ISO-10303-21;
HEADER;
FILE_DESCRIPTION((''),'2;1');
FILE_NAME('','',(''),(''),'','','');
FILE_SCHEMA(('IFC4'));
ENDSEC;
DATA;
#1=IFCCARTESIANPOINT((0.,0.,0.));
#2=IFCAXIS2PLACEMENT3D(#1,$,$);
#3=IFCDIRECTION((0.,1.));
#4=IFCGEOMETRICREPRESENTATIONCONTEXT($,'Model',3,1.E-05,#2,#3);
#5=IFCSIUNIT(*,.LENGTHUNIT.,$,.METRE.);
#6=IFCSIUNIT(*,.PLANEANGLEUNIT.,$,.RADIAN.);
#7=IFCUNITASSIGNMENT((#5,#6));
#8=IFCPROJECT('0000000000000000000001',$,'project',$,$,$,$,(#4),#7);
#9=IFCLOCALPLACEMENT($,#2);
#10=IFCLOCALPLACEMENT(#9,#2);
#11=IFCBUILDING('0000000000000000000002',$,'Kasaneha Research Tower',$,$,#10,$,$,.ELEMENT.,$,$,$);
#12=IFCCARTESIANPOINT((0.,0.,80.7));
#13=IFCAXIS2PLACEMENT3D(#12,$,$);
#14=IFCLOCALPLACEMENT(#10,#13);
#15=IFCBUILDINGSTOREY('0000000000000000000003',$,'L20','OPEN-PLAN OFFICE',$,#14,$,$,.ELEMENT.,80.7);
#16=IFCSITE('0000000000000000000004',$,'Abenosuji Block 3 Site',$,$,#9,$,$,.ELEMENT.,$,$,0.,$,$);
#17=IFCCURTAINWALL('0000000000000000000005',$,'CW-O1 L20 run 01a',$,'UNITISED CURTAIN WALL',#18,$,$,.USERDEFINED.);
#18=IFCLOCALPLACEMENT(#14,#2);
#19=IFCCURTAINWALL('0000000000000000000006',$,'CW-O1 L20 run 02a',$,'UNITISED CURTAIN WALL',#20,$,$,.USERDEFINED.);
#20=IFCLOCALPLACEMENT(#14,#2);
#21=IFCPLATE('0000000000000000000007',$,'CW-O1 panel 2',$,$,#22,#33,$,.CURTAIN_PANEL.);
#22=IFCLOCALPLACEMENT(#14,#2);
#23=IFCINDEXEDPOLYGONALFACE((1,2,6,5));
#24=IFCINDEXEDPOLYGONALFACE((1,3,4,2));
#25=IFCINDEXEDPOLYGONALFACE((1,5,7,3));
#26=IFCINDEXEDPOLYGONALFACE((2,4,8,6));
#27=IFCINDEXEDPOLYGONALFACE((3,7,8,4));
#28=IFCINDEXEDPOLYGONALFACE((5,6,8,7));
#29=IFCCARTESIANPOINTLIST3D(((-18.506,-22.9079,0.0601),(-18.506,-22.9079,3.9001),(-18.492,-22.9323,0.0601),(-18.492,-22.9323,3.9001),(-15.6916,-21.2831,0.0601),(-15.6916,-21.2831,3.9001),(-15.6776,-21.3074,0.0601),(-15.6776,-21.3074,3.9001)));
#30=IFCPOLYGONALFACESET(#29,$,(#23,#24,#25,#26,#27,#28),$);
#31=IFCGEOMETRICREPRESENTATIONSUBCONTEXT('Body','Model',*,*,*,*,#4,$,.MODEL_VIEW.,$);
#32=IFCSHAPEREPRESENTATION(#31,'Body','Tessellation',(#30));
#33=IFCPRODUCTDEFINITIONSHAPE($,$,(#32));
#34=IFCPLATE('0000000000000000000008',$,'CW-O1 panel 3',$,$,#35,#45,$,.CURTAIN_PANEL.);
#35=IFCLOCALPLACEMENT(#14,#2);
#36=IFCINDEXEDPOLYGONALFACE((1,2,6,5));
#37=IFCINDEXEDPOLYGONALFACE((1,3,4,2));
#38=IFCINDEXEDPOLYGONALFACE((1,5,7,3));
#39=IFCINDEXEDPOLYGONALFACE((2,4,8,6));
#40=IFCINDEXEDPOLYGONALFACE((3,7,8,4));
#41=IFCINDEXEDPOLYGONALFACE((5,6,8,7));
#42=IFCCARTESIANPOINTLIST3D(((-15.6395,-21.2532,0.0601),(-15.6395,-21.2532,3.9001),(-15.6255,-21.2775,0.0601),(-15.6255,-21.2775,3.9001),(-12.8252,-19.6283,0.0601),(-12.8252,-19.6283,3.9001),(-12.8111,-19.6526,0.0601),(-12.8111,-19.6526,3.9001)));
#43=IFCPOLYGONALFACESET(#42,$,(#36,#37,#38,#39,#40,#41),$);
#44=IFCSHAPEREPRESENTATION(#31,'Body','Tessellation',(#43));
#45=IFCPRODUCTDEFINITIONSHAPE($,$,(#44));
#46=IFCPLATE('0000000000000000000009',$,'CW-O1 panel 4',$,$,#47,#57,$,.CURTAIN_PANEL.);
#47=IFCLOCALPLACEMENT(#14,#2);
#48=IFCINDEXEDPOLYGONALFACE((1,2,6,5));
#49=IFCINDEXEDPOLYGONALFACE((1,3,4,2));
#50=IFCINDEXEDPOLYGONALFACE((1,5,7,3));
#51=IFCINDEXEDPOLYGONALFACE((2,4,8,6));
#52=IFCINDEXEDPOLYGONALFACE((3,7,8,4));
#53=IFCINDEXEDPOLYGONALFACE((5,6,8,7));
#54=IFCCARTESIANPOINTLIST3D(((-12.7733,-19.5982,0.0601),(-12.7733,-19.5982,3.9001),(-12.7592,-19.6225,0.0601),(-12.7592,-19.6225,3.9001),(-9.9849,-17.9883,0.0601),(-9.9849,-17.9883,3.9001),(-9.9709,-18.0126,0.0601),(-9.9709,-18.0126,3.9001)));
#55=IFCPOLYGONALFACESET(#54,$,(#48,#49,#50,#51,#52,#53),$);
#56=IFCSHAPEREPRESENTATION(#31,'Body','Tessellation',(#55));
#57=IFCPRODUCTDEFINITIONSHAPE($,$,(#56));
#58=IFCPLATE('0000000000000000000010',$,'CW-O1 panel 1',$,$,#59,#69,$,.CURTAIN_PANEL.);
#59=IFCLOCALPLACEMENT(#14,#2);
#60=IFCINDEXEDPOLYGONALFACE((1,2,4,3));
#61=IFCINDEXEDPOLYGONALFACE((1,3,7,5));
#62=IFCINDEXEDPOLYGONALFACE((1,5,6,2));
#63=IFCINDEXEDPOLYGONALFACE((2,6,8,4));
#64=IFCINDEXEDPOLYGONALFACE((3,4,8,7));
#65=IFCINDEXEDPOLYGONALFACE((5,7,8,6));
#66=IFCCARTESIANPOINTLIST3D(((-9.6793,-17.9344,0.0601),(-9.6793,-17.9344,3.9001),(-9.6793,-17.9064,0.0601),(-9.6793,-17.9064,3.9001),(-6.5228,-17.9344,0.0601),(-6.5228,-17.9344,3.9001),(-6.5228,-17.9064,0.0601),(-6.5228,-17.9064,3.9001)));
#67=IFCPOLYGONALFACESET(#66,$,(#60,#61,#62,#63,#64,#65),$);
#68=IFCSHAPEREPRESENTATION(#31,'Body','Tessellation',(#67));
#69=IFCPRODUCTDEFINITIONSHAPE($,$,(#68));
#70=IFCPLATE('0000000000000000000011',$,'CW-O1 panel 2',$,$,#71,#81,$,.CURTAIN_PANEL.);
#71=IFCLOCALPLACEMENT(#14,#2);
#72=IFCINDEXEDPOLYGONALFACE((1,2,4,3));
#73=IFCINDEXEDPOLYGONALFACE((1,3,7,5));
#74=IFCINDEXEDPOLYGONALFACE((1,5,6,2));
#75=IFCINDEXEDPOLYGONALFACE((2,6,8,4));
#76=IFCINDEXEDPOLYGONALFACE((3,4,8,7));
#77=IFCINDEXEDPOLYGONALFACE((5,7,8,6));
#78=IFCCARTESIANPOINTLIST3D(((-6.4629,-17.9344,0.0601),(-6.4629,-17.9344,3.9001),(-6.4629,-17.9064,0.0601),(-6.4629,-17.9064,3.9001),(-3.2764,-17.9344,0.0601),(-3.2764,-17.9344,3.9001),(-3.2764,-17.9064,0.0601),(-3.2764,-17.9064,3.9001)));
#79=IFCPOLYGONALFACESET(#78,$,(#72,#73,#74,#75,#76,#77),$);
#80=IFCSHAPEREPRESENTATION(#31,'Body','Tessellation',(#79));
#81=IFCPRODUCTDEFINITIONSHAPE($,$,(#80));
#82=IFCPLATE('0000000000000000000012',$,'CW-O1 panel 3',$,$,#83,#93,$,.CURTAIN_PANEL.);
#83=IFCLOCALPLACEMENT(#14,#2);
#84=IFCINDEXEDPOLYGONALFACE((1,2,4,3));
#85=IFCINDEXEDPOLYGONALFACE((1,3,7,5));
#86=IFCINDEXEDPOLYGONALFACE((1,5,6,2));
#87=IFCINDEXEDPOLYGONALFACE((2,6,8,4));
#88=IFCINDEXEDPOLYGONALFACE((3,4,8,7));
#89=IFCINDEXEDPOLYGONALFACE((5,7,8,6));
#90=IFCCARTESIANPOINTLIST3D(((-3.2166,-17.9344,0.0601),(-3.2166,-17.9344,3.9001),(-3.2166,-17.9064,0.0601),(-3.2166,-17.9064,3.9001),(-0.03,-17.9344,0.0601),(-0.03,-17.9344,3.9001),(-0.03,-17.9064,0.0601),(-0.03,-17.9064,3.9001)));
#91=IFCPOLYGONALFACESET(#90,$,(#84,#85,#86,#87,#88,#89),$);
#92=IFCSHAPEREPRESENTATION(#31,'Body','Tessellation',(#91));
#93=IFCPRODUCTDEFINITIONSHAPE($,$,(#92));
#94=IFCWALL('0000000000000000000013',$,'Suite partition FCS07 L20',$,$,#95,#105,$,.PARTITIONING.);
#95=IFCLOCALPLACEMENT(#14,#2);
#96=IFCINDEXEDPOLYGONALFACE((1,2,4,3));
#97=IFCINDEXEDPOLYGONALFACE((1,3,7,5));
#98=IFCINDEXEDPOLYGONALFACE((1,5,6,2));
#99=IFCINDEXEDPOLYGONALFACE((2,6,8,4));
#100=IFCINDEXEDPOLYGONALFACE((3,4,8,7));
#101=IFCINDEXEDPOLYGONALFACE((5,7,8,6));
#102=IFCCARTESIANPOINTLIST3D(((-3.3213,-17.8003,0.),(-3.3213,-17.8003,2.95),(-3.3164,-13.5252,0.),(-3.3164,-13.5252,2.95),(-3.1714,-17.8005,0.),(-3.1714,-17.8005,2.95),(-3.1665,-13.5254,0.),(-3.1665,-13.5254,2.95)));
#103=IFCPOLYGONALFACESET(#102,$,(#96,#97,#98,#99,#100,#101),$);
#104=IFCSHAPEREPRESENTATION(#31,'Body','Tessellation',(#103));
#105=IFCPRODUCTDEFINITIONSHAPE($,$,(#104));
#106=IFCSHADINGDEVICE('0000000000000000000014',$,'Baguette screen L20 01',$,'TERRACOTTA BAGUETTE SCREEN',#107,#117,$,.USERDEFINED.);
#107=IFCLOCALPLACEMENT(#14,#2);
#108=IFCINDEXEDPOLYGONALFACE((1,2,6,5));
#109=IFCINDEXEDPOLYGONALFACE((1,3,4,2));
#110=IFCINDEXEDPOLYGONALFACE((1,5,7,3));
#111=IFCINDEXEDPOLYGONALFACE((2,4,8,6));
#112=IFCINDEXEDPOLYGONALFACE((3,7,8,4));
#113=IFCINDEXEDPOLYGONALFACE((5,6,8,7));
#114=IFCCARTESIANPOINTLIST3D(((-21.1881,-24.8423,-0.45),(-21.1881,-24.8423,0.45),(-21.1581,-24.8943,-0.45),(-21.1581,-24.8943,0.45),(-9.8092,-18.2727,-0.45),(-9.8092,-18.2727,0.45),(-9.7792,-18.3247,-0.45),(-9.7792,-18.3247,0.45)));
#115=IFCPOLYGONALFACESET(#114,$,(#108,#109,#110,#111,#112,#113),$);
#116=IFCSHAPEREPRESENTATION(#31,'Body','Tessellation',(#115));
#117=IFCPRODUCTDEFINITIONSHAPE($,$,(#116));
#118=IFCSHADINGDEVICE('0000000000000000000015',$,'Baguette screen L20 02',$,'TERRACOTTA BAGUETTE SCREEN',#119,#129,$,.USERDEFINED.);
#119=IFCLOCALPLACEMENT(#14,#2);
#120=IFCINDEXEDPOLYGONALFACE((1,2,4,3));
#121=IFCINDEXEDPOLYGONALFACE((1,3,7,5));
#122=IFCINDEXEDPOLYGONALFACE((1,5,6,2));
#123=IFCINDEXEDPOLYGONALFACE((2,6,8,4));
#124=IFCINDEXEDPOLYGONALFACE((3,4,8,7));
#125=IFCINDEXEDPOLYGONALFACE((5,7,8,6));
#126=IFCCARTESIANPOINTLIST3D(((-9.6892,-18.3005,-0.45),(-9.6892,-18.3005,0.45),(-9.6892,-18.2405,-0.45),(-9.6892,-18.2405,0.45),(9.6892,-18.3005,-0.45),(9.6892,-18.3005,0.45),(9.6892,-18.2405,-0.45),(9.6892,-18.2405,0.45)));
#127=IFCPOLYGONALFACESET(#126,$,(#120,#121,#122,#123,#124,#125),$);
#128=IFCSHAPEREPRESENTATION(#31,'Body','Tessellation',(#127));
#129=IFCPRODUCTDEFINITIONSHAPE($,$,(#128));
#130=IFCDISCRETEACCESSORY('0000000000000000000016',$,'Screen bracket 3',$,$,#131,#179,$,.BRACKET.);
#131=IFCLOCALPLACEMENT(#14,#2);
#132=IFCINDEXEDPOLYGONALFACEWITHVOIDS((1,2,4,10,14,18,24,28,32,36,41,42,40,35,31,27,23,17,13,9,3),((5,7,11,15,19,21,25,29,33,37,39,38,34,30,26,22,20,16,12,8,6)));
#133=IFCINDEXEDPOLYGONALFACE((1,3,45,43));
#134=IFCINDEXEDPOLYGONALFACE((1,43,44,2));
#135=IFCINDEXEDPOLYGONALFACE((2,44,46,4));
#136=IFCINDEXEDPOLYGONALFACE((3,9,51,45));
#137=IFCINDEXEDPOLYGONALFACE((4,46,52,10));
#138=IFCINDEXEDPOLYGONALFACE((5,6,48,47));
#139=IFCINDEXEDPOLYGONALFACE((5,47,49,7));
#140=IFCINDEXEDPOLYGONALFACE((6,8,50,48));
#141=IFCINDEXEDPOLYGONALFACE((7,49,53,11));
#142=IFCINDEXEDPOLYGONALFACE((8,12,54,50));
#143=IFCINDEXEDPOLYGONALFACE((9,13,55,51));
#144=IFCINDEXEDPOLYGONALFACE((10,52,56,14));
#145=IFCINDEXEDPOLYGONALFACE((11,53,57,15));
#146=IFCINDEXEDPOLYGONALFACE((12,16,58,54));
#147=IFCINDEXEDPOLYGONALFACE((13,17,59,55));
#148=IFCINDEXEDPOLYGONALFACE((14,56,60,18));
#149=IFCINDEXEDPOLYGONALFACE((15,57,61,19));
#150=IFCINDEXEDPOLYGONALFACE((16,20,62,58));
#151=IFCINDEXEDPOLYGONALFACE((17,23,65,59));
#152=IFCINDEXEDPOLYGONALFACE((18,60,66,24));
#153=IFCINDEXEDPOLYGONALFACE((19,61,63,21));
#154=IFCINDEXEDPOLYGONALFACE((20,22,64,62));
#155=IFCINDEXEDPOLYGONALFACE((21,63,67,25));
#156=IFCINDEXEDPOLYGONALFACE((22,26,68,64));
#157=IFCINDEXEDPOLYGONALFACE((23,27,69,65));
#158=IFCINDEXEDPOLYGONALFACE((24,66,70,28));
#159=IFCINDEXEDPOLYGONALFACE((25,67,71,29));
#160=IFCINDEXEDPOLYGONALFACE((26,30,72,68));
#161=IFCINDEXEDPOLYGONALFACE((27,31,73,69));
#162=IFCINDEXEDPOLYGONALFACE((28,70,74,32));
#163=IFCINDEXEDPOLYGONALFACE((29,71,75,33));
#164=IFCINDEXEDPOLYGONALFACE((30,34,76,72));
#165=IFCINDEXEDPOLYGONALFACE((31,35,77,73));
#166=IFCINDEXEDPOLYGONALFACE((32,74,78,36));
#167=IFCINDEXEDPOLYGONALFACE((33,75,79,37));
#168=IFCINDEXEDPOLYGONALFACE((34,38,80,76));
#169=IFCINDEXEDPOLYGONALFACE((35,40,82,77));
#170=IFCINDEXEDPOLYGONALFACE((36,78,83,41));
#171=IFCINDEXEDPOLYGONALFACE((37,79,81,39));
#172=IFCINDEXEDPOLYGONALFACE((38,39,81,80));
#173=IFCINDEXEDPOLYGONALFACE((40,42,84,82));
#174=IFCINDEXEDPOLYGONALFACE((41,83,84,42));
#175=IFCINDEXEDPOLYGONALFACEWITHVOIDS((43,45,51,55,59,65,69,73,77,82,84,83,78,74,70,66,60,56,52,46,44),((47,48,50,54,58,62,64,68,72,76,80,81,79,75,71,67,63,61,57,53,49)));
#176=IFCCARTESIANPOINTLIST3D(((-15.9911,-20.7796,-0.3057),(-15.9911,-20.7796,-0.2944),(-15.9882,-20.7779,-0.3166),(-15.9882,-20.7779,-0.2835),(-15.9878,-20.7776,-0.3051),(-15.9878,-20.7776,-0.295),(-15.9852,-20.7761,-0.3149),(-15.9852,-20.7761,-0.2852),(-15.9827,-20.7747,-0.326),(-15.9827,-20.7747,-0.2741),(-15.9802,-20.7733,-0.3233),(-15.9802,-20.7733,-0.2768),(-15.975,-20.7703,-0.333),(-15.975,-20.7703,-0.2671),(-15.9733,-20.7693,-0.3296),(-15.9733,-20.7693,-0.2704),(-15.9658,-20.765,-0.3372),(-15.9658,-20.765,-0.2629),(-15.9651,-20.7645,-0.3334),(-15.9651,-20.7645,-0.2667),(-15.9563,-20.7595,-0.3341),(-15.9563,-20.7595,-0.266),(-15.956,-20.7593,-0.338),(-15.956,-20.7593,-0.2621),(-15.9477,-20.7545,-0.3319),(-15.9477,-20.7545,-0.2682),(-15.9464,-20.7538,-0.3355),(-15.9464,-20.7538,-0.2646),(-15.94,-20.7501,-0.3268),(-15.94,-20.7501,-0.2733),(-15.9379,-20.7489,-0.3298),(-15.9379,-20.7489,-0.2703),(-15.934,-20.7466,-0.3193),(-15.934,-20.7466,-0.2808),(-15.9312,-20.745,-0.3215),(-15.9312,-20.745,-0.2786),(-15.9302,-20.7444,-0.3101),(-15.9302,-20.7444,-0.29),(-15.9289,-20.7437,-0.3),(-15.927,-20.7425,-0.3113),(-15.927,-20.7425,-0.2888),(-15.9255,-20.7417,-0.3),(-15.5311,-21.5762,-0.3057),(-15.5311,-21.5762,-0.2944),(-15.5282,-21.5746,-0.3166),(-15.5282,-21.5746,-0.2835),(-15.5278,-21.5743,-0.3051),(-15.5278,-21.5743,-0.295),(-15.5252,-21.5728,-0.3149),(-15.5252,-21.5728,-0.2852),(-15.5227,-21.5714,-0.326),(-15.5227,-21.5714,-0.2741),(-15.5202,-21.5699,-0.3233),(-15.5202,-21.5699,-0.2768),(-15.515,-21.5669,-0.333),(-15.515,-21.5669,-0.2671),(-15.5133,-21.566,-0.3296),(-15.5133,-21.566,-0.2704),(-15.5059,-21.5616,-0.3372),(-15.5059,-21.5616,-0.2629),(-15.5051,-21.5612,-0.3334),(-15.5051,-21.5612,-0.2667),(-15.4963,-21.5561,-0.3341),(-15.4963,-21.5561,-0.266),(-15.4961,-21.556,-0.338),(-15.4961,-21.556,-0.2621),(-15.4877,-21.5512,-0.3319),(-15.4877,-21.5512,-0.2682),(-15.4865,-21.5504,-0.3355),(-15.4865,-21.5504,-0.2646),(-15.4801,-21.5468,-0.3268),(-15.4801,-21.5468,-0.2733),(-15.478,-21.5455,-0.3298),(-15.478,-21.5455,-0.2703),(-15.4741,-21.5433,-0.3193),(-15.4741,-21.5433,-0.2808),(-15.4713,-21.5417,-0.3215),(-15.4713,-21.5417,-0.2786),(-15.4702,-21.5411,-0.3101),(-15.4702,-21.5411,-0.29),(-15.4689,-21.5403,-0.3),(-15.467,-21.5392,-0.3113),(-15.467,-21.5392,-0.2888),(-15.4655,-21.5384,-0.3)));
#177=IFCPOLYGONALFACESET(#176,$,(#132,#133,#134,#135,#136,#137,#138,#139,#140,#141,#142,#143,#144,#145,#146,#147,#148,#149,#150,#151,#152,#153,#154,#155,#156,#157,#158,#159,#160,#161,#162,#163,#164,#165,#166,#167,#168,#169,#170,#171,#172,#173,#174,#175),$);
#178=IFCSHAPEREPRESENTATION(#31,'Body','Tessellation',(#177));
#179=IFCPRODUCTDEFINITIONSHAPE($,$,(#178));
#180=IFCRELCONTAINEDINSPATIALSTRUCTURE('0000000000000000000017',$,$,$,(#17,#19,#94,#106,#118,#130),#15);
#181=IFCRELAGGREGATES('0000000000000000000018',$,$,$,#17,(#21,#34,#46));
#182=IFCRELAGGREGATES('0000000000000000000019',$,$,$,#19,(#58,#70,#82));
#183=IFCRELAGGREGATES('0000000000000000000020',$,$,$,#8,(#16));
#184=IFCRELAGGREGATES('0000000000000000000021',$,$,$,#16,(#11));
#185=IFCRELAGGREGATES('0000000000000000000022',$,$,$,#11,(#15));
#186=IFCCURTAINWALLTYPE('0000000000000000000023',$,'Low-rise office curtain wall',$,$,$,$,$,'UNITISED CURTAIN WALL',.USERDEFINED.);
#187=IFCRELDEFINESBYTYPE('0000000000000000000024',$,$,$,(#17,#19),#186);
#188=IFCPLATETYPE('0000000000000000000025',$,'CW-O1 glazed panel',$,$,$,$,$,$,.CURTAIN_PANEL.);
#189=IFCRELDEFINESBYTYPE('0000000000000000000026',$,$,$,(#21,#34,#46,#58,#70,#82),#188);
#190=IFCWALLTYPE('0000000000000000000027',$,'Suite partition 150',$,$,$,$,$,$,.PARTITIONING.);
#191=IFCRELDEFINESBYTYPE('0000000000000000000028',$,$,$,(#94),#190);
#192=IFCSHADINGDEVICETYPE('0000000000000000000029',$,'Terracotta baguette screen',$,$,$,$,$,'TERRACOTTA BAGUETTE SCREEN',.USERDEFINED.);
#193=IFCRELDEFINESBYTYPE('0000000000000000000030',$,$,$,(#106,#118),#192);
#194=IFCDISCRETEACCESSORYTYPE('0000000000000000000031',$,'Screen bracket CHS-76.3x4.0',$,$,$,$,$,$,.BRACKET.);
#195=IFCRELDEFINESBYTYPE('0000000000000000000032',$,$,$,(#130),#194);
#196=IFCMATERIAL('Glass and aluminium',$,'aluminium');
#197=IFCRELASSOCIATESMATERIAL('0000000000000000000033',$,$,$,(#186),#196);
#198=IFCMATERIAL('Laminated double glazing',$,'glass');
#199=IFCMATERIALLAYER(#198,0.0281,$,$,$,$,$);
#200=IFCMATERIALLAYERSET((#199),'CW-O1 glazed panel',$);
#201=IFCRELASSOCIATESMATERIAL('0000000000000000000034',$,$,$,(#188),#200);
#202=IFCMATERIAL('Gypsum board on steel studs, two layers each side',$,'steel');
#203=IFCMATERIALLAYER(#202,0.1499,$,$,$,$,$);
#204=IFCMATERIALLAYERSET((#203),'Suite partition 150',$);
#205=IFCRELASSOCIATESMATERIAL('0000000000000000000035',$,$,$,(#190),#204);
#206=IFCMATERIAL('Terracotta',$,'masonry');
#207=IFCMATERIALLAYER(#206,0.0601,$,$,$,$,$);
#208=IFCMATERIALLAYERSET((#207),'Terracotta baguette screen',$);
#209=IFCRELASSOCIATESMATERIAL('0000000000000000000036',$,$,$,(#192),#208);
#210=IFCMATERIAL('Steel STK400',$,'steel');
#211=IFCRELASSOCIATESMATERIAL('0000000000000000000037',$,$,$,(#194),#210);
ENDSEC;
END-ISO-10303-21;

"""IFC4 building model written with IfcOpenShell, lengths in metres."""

from ifc_helpers import new_model, si_unit, direction, frame, frame_2d, origin, origin_2d, place, context, subcontext, project, spatial, rectangle, hollow_circle, extrude, material, layer, layer_set, material_profile, profile_set, type_object, element, aggregate, save


model = new_model("IFC4")

# Units and contexts
model_context = context("Model", 3, precision=1e-05, world=origin(), true_north=direction((0.0, 1.0)))
body_context = subcontext(model_context, "Body", "Model", "MODEL_VIEW")
ifc_project = project(units=[si_unit("LENGTHUNIT", "METRE"), si_unit("PLANEANGLEUNIT", "RADIAN")], contexts=[model_context])

# Site, building, storey
site_placement = place(None, origin())
site = spatial("IfcSite", under=ifc_project, at=site_placement, Name="Abenosuji Block 3 Site", CompositionType="ELEMENT", RefElevation=0.0)
building_placement = place(site_placement, origin())
building = spatial("IfcBuilding", under=site, at=building_placement, Name="Kasaneha Research Tower", CompositionType="ELEMENT")
storey_placement = place(building_placement, frame((0.0, 0.0, 80.7)))
storey = spatial("IfcBuildingStorey", under=building, at=storey_placement, Name="L20", Description="OPEN-PLAN OFFICE", CompositionType="ELEMENT", Elevation=80.7)

# Curtain walls
ifc_material_1 = material(Name="Glass and aluminium", Category="aluminium")
curtain_wall_type = type_object("IfcCurtainWallType", Name="Low-rise office curtain wall", ElementType="UNITISED CURTAIN WALL", PredefinedType="USERDEFINED", material=ifc_material_1)
curtain_wall_1_placement = place(storey_placement, origin())
curtain_wall_1 = element("IfcCurtainWall", 1, at=curtain_wall_1_placement, inside=storey, type_object=curtain_wall_type, Name="CW-O1 L20 run 01a", ObjectType="UNITISED CURTAIN WALL", PredefinedType="USERDEFINED")
curtain_wall_2_placement = place(storey_placement, origin())
curtain_wall_2 = element("IfcCurtainWall", 2, at=curtain_wall_2_placement, inside=storey, type_object=curtain_wall_type, Name="CW-O1 L20 run 02a", ObjectType="UNITISED CURTAIN WALL", PredefinedType="USERDEFINED")

# Plates
ifc_material_2 = material(Name="Laminated double glazing", Category="glass")
ifc_layer_1 = layer(ifc_material_2, 0.0281)
ifc_layer_set_1 = layer_set([ifc_layer_1], Name="CW-O1 glazed panel")
plate_type = type_object("IfcPlateType", Name="CW-O1 glazed panel", PredefinedType="CURTAIN_PANEL", material=ifc_layer_set_1)
plate_1_placement = place(storey_placement, frame((-17.0918, -22.1077, 0.0601), z_axis=(0.0, 0.0, 1.0), x_axis=(0.866025, 0.5, 0.0)))
plate_1 = element("IfcPlate", 3, at=plate_1_placement, type_object=plate_type, Name="CW-O1 panel 2", PredefinedType="CURTAIN_PANEL", context=body_context, shape_type="SweptSolid", body=[
    extrude(rectangle(XDim=3.2498, YDim=0.0281, at=origin_2d()), origin(), (0.0, 0.0, 1.0), 3.8401),
])
plate_2_placement = place(storey_placement, frame((-14.2253, -20.4529, 0.0601), z_axis=(0.0, 0.0, 1.0), x_axis=(0.866025, 0.5, 0.0)))
plate_2 = element("IfcPlate", 4, at=plate_2_placement, type_object=plate_type, Name="CW-O1 panel 3", PredefinedType="CURTAIN_PANEL", context=body_context, shape_type="SweptSolid", body=[
    extrude(rectangle(XDim=3.2498, YDim=0.0281, at=origin_2d()), origin(), (0.0, 0.0, 1.0), 3.8401),
])
plate_3_placement = place(storey_placement, frame((-11.3721, -18.8054, 0.0601), z_axis=(0.0, 0.0, 1.0), x_axis=(0.866025, 0.5, 0.0)))
plate_3 = element("IfcPlate", 5, at=plate_3_placement, type_object=plate_type, Name="CW-O1 panel 4", PredefinedType="CURTAIN_PANEL", context=body_context, shape_type="SweptSolid", body=[
    extrude(rectangle(XDim=3.2197, YDim=0.0281, at=origin_2d()), origin(), (0.0, 0.0, 1.0), 3.8401),
])
aggregate(curtain_wall_1, [plate_1, plate_2, plate_3])
plate_4_placement = place(storey_placement, frame((-8.1011, -17.9204, 0.0601), z_axis=(0.0, 0.0, 1.0), x_axis=(1.0, 0.0, 0.0)))
plate_4 = element("IfcPlate", 6, at=plate_4_placement, type_object=plate_type, Name="CW-O1 panel 1", PredefinedType="CURTAIN_PANEL", context=body_context, shape_type="SweptSolid", body=[
    extrude(rectangle(XDim=3.1565, YDim=0.0281, at=origin_2d()), origin(), (0.0, 0.0, 1.0), 3.8401),
])
plate_5_placement = place(storey_placement, frame((-4.8696, -17.9204, 0.0601), z_axis=(0.0, 0.0, 1.0), x_axis=(1.0, 0.0, 0.0)))
plate_5 = element("IfcPlate", 7, at=plate_5_placement, type_object=plate_type, Name="CW-O1 panel 2", PredefinedType="CURTAIN_PANEL", context=body_context, shape_type="SweptSolid", body=[
    extrude(rectangle(XDim=3.1865, YDim=0.0281, at=origin_2d()), origin(), (0.0, 0.0, 1.0), 3.8401),
])
plate_6_placement = place(storey_placement, frame((-1.6233, -17.9204, 0.0601), z_axis=(0.0, 0.0, 1.0), x_axis=(1.0, 0.0, 0.0)))
plate_6 = element("IfcPlate", 8, at=plate_6_placement, type_object=plate_type, Name="CW-O1 panel 3", PredefinedType="CURTAIN_PANEL", context=body_context, shape_type="SweptSolid", body=[
    extrude(rectangle(XDim=3.1865, YDim=0.0281, at=origin_2d()), origin(), (0.0, 0.0, 1.0), 3.8401),
])
aggregate(curtain_wall_2, [plate_4, plate_5, plate_6])

# Wall
ifc_material_3 = material(Name="Gypsum board on steel studs, two layers each side", Category="steel")
ifc_layer_2 = layer(ifc_material_3, 0.1499)
ifc_layer_set_2 = layer_set([ifc_layer_2], Name="Suite partition 150")
wall_type = type_object("IfcWallType", Name="Suite partition 150", PredefinedType="PARTITIONING", material=ifc_layer_set_2)
wall_placement = place(storey_placement, frame((-3.2463, -17.8005, 0.0), z_axis=(0.0, 0.0, 1.0), x_axis=(0.001142, 0.999999, 0.0)))
element("IfcWall", 9, at=wall_placement, inside=storey, type_object=wall_type, Name="Suite partition FCS07 L20", PredefinedType="PARTITIONING", context=body_context, shape_type="SweptSolid", body=[
    extrude(rectangle(XDim=4.2751, YDim=0.1499, at=frame_2d((2.1377, 0.0))), origin(), (0.0, 0.0, 1.0), 2.95),
])

# Shading devices
ifc_material_4 = material(Name="Terracotta", Category="masonry")
ifc_layer_3 = layer(ifc_material_4, 0.0601)
ifc_layer_set_3 = layer_set([ifc_layer_3], Name="Terracotta baguette screen")
shading_device_type = type_object("IfcShadingDeviceType", Name="Terracotta baguette screen", ElementType="TERRACOTTA BAGUETTE SCREEN", PredefinedType="USERDEFINED", material=ifc_layer_set_3)
shading_device_1_placement = place(storey_placement, frame((-15.4836, -21.5835, -0.45), z_axis=(0.0, 0.0, 1.0), x_axis=(0.866025, 0.5, 0.0)))
element("IfcShadingDevice", 10, at=shading_device_1_placement, inside=storey, type_object=shading_device_type, Name="Baguette screen L20 01", ObjectType="TERRACOTTA BAGUETTE SCREEN", PredefinedType="USERDEFINED", context=body_context, shape_type="SweptSolid", body=[
    extrude(rectangle(XDim=13.1392, YDim=0.0601, at=origin_2d()), origin(), (0.0, 0.0, 1.0), 0.8999),
])
shading_device_2_placement = place(storey_placement, frame((0.0, -18.2705, -0.45), z_axis=(0.0, 0.0, 1.0), x_axis=(1.0, 0.0, 0.0)))
element("IfcShadingDevice", 11, at=shading_device_2_placement, inside=storey, type_object=shading_device_type, Name="Baguette screen L20 02", ObjectType="TERRACOTTA BAGUETTE SCREEN", PredefinedType="USERDEFINED", context=body_context, shape_type="SweptSolid", body=[
    extrude(rectangle(XDim=19.3784, YDim=0.0601, at=origin_2d()), origin(), (0.0, 0.0, 1.0), 0.8999),
])

# Discrete accessory
ifc_material_5 = material(Name="Steel STK400", Category="steel")
ifc_material_profile_1 = material_profile(ifc_material_5, hollow_circle(Radius=0.0381, WallThickness=0.0039, at=origin_2d()), Name="CHS-76.3x4.0")
ifc_profile_set_1 = profile_set([ifc_material_profile_1], Name="Steel STK400")
discrete_accessory_type = type_object("IfcDiscreteAccessoryType", Name="Screen bracket CHS-76.3x4.0", PredefinedType="BRACKET", material=ifc_profile_set_1)
discrete_accessory_1_placement = place(storey_placement, frame((-15.9585, -20.7607, -0.3), z_axis=(0.500021, -0.866013, 0.0), x_axis=(0.866013, 0.500021, 0.0)))
element("IfcDiscreteAccessory", 12, at=discrete_accessory_1_placement, inside=storey, type_object=discrete_accessory_type, Name="Screen bracket 3", PredefinedType="BRACKET", context=body_context, shape_type="SweptSolid", body=[
    extrude(hollow_circle(Radius=0.0381, WallThickness=0.0039, at=origin_2d()), origin(), (0.0, 0.0, 1.0), 0.9199),
])

save(model, "model.ifc")
